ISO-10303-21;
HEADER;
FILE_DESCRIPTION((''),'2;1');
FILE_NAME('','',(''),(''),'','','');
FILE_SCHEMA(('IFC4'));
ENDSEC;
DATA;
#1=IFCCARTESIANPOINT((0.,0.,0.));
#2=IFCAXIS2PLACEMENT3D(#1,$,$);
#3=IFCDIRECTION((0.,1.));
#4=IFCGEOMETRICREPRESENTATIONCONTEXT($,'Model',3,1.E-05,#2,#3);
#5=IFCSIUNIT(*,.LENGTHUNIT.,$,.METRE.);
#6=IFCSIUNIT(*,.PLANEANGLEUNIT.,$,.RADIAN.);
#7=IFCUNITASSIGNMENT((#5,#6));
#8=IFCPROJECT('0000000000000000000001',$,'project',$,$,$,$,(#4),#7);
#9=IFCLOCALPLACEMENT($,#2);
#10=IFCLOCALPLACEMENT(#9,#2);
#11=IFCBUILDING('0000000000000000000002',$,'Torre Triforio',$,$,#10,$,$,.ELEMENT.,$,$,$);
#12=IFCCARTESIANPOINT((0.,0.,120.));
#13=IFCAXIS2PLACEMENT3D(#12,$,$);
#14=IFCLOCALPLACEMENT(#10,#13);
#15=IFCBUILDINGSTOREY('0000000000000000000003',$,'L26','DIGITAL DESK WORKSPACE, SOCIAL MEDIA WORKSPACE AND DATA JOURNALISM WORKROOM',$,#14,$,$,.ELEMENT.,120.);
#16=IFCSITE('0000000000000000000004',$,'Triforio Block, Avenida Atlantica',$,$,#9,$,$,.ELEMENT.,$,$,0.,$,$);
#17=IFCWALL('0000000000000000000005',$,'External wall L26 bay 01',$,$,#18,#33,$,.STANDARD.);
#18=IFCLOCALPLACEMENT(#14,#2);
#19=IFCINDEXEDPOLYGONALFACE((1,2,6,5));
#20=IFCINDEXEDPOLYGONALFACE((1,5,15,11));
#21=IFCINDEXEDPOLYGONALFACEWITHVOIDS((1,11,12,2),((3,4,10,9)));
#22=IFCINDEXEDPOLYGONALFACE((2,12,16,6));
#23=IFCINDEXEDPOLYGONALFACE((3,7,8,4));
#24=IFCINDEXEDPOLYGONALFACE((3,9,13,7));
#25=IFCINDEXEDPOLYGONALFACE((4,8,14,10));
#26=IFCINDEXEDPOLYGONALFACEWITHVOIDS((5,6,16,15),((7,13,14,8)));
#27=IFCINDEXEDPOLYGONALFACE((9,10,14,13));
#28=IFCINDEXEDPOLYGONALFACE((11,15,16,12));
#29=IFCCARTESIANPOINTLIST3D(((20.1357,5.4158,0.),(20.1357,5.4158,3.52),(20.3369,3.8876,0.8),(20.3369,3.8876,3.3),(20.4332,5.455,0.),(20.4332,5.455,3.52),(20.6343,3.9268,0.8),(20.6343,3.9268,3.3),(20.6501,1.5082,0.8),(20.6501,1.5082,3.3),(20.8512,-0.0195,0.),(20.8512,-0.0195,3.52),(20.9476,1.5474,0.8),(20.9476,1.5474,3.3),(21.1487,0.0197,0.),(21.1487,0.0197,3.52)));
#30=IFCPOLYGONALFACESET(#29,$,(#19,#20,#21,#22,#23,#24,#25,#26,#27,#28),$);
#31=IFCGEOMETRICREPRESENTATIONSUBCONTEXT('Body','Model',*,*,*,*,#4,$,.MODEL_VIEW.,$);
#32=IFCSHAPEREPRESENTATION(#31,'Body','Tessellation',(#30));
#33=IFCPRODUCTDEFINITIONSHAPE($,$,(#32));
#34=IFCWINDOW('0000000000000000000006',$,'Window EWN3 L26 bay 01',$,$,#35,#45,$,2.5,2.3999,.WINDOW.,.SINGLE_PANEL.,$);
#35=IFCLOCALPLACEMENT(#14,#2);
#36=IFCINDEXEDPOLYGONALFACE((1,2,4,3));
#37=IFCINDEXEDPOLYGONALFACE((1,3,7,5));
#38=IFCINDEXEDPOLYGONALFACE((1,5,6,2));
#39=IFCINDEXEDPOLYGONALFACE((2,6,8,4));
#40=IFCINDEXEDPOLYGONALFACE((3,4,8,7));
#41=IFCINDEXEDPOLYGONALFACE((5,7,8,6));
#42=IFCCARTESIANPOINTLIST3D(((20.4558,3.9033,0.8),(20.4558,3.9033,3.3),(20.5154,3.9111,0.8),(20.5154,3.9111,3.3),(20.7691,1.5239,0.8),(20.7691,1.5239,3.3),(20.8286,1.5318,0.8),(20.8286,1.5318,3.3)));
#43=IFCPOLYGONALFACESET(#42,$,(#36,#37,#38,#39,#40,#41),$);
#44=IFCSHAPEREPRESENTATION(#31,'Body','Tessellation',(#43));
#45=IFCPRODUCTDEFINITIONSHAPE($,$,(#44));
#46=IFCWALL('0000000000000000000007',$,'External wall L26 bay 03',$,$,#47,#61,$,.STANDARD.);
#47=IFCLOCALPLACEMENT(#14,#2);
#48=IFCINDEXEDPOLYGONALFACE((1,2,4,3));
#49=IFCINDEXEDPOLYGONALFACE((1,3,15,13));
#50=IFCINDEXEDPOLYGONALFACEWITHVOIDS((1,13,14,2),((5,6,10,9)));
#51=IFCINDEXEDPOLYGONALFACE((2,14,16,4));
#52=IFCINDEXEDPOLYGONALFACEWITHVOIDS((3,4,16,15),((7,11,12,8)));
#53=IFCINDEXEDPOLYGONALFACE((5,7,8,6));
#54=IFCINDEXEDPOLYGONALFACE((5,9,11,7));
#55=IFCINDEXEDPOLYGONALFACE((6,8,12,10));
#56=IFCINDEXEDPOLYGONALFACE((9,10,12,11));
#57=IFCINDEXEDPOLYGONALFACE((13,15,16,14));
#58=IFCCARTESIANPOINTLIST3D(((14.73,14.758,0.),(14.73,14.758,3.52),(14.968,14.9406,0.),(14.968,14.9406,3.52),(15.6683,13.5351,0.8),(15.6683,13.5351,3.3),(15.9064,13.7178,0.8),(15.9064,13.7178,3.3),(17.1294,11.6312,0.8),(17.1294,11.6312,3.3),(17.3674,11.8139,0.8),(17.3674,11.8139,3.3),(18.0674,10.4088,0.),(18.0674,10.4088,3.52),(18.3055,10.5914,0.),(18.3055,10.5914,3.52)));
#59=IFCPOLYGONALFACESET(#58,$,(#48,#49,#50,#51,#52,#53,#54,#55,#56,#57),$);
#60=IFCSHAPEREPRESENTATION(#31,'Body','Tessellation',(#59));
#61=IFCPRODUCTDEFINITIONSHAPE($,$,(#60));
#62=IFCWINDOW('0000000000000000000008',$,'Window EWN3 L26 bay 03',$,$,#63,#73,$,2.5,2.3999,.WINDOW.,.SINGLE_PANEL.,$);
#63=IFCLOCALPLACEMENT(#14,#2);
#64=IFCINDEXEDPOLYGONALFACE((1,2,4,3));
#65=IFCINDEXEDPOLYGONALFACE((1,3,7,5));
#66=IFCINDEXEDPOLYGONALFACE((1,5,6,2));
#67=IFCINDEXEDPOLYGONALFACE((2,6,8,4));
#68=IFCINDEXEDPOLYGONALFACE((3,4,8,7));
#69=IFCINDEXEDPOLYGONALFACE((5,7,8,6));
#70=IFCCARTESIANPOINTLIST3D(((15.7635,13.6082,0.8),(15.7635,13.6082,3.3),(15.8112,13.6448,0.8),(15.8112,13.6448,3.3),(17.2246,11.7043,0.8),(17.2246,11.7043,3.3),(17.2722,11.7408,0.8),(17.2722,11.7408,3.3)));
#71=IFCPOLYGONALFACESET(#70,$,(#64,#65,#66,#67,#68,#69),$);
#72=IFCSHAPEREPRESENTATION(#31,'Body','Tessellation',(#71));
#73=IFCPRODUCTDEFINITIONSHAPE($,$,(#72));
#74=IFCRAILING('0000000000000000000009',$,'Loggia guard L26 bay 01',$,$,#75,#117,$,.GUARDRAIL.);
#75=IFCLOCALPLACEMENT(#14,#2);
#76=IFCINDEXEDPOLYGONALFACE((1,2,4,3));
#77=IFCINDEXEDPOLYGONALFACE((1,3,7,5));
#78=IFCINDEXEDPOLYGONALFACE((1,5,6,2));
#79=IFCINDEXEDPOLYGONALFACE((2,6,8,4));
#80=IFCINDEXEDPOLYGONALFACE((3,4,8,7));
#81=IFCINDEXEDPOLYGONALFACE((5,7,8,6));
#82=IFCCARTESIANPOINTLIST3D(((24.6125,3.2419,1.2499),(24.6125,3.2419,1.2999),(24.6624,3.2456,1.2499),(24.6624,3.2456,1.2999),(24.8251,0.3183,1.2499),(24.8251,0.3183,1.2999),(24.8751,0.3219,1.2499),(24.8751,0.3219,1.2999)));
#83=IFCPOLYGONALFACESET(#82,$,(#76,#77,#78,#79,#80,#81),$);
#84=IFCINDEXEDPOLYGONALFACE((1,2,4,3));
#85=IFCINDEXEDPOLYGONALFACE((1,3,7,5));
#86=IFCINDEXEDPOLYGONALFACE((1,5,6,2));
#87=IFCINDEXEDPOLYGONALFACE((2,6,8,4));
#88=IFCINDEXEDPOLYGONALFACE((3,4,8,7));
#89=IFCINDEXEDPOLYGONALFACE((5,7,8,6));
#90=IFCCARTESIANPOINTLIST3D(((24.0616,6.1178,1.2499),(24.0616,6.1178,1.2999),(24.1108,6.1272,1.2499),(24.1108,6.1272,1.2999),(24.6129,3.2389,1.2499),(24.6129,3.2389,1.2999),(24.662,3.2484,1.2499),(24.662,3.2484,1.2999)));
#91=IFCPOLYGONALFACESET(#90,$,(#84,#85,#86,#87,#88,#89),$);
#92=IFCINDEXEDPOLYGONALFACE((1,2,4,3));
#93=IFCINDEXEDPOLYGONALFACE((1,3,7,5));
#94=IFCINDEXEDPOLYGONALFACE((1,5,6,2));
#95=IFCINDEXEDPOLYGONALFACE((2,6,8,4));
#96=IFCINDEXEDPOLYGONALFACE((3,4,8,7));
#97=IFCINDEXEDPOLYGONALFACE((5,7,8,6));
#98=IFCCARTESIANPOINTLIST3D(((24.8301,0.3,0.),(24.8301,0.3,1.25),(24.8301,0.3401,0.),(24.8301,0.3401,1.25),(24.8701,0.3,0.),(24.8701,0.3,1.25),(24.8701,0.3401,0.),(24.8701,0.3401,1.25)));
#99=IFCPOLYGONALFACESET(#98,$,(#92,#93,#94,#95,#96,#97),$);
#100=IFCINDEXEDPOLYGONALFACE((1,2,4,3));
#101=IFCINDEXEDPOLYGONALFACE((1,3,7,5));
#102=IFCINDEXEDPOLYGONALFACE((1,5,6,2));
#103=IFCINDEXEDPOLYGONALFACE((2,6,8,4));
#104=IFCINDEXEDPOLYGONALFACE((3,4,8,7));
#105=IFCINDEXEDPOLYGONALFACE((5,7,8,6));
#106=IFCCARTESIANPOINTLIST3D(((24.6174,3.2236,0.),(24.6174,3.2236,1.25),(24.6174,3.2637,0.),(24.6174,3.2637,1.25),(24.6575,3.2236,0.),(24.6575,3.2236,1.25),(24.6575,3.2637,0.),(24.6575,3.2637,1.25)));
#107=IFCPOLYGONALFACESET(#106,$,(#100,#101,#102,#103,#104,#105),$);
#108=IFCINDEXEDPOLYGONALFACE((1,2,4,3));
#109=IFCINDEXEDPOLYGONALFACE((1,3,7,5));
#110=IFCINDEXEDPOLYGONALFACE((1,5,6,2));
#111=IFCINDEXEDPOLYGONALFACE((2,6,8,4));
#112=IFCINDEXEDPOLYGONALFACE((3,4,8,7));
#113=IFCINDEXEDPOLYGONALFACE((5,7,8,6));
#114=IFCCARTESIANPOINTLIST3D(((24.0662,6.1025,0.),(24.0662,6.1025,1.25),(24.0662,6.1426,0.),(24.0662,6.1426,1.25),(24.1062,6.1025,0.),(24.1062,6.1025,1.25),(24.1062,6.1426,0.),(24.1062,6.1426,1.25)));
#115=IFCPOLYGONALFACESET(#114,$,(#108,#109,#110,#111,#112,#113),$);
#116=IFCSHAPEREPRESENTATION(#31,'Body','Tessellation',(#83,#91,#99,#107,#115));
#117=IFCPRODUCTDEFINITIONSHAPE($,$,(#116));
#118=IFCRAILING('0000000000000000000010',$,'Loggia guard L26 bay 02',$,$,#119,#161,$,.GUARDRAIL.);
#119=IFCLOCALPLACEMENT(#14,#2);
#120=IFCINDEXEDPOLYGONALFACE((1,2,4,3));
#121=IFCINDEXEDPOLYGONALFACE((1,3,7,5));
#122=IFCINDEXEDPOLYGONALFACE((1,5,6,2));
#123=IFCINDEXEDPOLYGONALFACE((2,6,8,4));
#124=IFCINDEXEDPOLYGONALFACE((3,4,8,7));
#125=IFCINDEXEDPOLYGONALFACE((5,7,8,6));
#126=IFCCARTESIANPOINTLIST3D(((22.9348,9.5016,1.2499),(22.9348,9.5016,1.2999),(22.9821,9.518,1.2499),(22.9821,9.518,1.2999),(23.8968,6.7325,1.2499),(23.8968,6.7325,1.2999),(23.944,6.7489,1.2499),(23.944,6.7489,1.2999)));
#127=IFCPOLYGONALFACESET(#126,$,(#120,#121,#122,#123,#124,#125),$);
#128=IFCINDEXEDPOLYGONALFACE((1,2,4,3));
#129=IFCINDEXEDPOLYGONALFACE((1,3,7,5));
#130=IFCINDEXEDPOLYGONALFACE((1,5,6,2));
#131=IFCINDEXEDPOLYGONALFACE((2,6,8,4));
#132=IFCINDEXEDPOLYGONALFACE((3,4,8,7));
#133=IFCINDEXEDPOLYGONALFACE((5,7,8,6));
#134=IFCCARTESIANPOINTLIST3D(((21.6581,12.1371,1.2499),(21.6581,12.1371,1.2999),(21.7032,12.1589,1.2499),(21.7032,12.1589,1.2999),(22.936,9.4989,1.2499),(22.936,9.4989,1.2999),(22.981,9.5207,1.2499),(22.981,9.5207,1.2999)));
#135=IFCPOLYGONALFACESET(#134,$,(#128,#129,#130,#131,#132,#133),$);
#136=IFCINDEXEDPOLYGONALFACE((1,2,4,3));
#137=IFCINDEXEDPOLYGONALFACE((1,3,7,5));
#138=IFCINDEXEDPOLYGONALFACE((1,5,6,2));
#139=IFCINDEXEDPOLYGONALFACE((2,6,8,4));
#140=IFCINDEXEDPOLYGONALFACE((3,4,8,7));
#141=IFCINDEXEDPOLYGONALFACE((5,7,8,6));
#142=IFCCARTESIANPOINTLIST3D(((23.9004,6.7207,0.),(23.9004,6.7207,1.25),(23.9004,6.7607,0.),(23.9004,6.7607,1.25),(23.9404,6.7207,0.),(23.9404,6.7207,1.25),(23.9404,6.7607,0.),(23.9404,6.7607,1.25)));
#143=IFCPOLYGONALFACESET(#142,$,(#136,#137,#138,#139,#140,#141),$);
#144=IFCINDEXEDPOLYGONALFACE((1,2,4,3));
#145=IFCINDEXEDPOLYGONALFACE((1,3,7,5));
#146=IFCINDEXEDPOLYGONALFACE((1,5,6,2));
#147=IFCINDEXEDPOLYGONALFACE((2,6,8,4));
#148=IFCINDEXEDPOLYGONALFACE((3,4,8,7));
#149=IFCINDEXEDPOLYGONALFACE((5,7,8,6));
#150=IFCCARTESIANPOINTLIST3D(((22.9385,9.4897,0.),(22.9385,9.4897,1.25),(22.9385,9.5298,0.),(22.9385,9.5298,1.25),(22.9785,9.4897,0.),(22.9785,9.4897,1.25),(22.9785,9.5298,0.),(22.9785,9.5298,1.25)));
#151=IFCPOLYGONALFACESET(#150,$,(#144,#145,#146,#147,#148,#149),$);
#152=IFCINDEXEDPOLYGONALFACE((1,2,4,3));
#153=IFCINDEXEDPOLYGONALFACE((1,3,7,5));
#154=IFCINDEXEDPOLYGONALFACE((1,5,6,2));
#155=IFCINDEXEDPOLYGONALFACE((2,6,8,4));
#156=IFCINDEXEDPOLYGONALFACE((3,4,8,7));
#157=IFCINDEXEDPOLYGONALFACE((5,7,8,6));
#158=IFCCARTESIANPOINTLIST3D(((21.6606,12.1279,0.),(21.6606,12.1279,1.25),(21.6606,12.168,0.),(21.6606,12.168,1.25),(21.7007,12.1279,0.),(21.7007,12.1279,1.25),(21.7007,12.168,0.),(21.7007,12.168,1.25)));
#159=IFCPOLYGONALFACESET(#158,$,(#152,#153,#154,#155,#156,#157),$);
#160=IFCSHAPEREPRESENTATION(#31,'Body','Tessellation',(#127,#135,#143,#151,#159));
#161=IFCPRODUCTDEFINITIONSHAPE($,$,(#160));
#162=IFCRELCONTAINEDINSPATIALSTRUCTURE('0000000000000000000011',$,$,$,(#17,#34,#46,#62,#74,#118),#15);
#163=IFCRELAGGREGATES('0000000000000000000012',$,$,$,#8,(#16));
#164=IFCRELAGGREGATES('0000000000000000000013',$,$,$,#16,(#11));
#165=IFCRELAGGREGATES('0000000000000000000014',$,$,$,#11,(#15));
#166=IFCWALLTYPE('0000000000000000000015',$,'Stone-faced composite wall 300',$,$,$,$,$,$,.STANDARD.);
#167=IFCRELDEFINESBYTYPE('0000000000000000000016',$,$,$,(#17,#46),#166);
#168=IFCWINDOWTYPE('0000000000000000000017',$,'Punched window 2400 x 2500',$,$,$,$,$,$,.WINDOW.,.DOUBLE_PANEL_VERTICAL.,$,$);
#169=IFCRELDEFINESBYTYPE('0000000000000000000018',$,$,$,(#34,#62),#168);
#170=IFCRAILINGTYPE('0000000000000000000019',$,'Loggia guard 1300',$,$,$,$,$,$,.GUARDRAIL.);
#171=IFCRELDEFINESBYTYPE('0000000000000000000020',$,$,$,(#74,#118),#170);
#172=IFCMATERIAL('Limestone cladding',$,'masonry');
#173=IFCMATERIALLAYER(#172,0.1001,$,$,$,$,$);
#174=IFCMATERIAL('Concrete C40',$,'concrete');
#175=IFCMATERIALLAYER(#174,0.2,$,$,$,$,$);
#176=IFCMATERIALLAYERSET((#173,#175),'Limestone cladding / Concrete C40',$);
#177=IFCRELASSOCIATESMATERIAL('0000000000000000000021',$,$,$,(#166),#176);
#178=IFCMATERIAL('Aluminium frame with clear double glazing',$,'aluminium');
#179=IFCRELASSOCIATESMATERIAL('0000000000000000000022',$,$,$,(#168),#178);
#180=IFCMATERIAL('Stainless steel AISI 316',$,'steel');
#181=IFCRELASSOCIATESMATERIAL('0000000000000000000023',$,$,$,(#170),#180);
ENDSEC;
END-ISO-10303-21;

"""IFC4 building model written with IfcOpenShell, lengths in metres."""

from ifc_helpers import new_model, si_unit, direction, frame, frame_2d, origin, origin_2d, place, context, subcontext, project, spatial, rectangle, extrude, material, layer, layer_set, type_object, element, fill, save


model = new_model("IFC4")

# Units and contexts
model_context = context("Model", 3, precision=1e-05, world=origin(), true_north=direction((0.0, 1.0)))
body_context = subcontext(model_context, "Body", "Model", "MODEL_VIEW")
ifc_project = project(units=[si_unit("LENGTHUNIT", "METRE"), si_unit("PLANEANGLEUNIT", "RADIAN")], contexts=[model_context])

# Site, building, storey
site_placement = place(None, origin())
site = spatial("IfcSite", under=ifc_project, at=site_placement, Name="Triforio Block, Avenida Atlantica", CompositionType="ELEMENT", RefElevation=0.0)
building_placement = place(site_placement, origin())
building = spatial("IfcBuilding", under=site, at=building_placement, Name="Torre Triforio", CompositionType="ELEMENT")
storey_placement = place(building_placement, frame((0.0, 0.0, 120.0)))
storey = spatial("IfcBuildingStorey", under=building, at=storey_placement, Name="L26", Description="DIGITAL DESK WORKSPACE, SOCIAL MEDIA WORKSPACE AND DATA JOURNALISM WORKROOM", CompositionType="ELEMENT", Elevation=120.0)

# Shared definitions
ifc_material_1 = material(Name="Limestone cladding", Category="masonry")
ifc_material_2 = material(Name="Concrete C40", Category="concrete")

# Wall, opening, window
ifc_layer_1 = layer(ifc_material_1, 0.1001)
ifc_layer_2 = layer(ifc_material_2, 0.2)
ifc_layer_set_1 = layer_set([ifc_layer_1, ifc_layer_2], Name="Limestone cladding / Concrete C40")
wall_type_1 = type_object("IfcWallType", Name="Stone-faced composite wall 300", PredefinedType="STANDARD", material=ifc_layer_set_1)
wall_1_placement = place(storey_placement, frame((21.0, 0.0, 0.0), z_axis=(0.0, 0.0, 1.0), x_axis=(-0.130527, 0.991445, 0.0)))
wall_1 = element("IfcWall", 1, at=wall_1_placement, inside=storey, type_object=wall_type_1, Name="External wall L26 bay 01", PredefinedType="STANDARD", context=body_context, shape_type="SweptSolid", body=[
    extrude(rectangle(XDim=5.4822, YDim=0.3, at=frame_2d((2.7412, 0.0))), origin(), (0.0, 0.0, 1.0), 3.52),
])
opening_1_placement = place(wall_1_placement, frame((1.541, 0.0, 0.8)))
opening_1 = element("IfcOpeningElement", 2, at=opening_1_placement, cuts=wall_1, PredefinedType="OPENING", context=body_context, shape_type="SweptSolid", body=[
    extrude(rectangle(XDim=2.3999, YDim=2.5, at=frame_2d((1.2, 1.25))), frame((0.0, 0.1599, 0.0), z_axis=(0.0, -1.0, 0.0), x_axis=(1.0, 0.0, 0.0)), (0.0, 0.0, 1.0), 0.3201),
])
ifc_material_3 = material(Name="Aluminium frame with clear double glazing", Category="aluminium")
window_type_1 = type_object("IfcWindowType", Name="Punched window 2400 x 2500", PartitioningType="DOUBLE_PANEL_VERTICAL", PredefinedType="WINDOW", material=ifc_material_3)
window_1_placement = place(opening_1_placement, origin())
window_1 = element("IfcWindow", 3, at=window_1_placement, inside=storey, type_object=window_type_1, Name="Window EWN3 L26 bay 01", OverallHeight=2.5, OverallWidth=2.3999, PartitioningType="SINGLE_PANEL", PredefinedType="WINDOW", context=body_context, shape_type="SweptSolid", body=[
    extrude(rectangle(XDim=2.3999, YDim=2.5, at=frame_2d((1.2, 1.25))), frame((0.0, 0.03, 0.0), z_axis=(0.0, -1.0, 0.0), x_axis=(1.0, 0.0, 0.0)), (0.0, 0.0, 1.0), 0.0601),
])
fill(opening_1, window_1)

# Wall, opening, window
wall_2_placement = place(storey_placement, frame((18.1865, 10.5, 0.0), z_axis=(0.0, 0.0, 1.0), x_axis=(-0.608785, 0.793335, 0.0)))
wall_2 = element("IfcWall", 4, at=wall_2_placement, inside=storey, type_object=wall_type_1, Name="External wall L26 bay 03", PredefinedType="STANDARD", context=body_context, shape_type="SweptSolid", body=[
    extrude(rectangle(XDim=5.4822, YDim=0.3, at=frame_2d((2.7412, 0.0))), origin(), (0.0, 0.0, 1.0), 3.52),
])
opening_2_placement = place(wall_2_placement, frame((1.541, 0.0, 0.8)))
opening_2 = element("IfcOpeningElement", 5, at=opening_2_placement, cuts=wall_2, PredefinedType="OPENING", context=body_context, shape_type="SweptSolid", body=[
    extrude(rectangle(XDim=2.3999, YDim=2.5, at=frame_2d((1.2, 1.25))), frame((0.0, 0.1599, 0.0), z_axis=(0.0, -1.0, 0.0), x_axis=(1.0, 0.0, 0.0)), (0.0, 0.0, 1.0), 0.3201),
])
window_2_placement = place(opening_2_placement, origin())
window_2 = element("IfcWindow", 6, at=window_2_placement, inside=storey, type_object=window_type_1, Name="Window EWN3 L26 bay 03", OverallHeight=2.5, OverallWidth=2.3999, PartitioningType="SINGLE_PANEL", PredefinedType="WINDOW", context=body_context, shape_type="SweptSolid", body=[
    extrude(rectangle(XDim=2.3999, YDim=2.5, at=frame_2d((1.2, 1.25))), frame((0.0, 0.03, 0.0), z_axis=(0.0, -1.0, 0.0), x_axis=(1.0, 0.0, 0.0)), (0.0, 0.0, 1.0), 0.0601),
])
fill(opening_2, window_2)

# Railings
ifc_material_4 = material(Name="Stainless steel AISI 316", Category="steel")
railing_type = type_object("IfcRailingType", Name="Loggia guard 1300", PredefinedType="GUARDRAIL", material=ifc_material_4)
railing_1_placement = place(storey_placement, frame((24.8501, 0.3201, 0.0)))
element("IfcRailing", 7, at=railing_1_placement, inside=storey, type_object=railing_type, Name="Loggia guard L26 bay 01", PredefinedType="GUARDRAIL", context=body_context, shape_type="SweptSolid", body=[
    extrude(rectangle(XDim=0.05, YDim=0.05, at=origin_2d()), frame((0.0, 0.0, 1.2749), z_axis=(-0.072543, 0.997365, 0.0), x_axis=(-0.997365, -0.072543, 0.0)), (0.0, 0.0, 1.0), 2.9314),
    extrude(rectangle(XDim=0.05, YDim=0.05, at=origin_2d()), frame((-0.2126, 2.9236, 1.2749), z_axis=(-0.188069, 0.982156, 0.0), x_axis=(-0.982156, -0.188069, 0.0)), (0.0, 0.0, 1.0), 2.9312),
    extrude(rectangle(XDim=0.04, YDim=0.04, at=origin_2d()), origin(), (0.0, 0.0, 1.0), 1.25),
    extrude(rectangle(XDim=0.04, YDim=0.04, at=origin_2d()), frame((-0.2126, 2.9236, 0.0)), (0.0, 0.0, 1.0), 1.25),
    extrude(rectangle(XDim=0.04, YDim=0.04, at=origin_2d()), frame((-0.7639, 5.8025, 0.0)), (0.0, 0.0, 1.0), 1.25),
])
railing_2_placement = place(storey_placement, frame((23.9204, 6.7407, 0.0)))
element("IfcRailing", 8, at=railing_2_placement, inside=storey, type_object=railing_type, Name="Loggia guard L26 bay 02", PredefinedType="GUARDRAIL", context=body_context, shape_type="SweptSolid", body=[
    extrude(rectangle(XDim=0.05, YDim=0.05, at=origin_2d()), frame((0.0, 0.0, 1.2749), z_axis=(-0.328146, 0.944627, 0.0), x_axis=(-0.944627, -0.328146, 0.0)), (0.0, 0.0, 1.0), 2.9314),
    extrude(rectangle(XDim=0.05, YDim=0.05, at=origin_2d()), frame((-0.9619, 2.769, 1.2749), z_axis=(-0.435918, 0.899986, 0.0), x_axis=(-0.899986, -0.435918, 0.0)), (0.0, 0.0, 1.0), 2.9314),
    extrude(rectangle(XDim=0.04, YDim=0.04, at=origin_2d()), origin(), (0.0, 0.0, 1.0), 1.25),
    extrude(rectangle(XDim=0.04, YDim=0.04, at=origin_2d()), frame((-0.9619, 2.769, 0.0)), (0.0, 0.0, 1.0), 1.25),
    extrude(rectangle(XDim=0.04, YDim=0.04, at=origin_2d()), frame((-2.2397, 5.4072, 0.0)), (0.0, 0.0, 1.0), 1.25),
])

save(model, "model.ifc")
